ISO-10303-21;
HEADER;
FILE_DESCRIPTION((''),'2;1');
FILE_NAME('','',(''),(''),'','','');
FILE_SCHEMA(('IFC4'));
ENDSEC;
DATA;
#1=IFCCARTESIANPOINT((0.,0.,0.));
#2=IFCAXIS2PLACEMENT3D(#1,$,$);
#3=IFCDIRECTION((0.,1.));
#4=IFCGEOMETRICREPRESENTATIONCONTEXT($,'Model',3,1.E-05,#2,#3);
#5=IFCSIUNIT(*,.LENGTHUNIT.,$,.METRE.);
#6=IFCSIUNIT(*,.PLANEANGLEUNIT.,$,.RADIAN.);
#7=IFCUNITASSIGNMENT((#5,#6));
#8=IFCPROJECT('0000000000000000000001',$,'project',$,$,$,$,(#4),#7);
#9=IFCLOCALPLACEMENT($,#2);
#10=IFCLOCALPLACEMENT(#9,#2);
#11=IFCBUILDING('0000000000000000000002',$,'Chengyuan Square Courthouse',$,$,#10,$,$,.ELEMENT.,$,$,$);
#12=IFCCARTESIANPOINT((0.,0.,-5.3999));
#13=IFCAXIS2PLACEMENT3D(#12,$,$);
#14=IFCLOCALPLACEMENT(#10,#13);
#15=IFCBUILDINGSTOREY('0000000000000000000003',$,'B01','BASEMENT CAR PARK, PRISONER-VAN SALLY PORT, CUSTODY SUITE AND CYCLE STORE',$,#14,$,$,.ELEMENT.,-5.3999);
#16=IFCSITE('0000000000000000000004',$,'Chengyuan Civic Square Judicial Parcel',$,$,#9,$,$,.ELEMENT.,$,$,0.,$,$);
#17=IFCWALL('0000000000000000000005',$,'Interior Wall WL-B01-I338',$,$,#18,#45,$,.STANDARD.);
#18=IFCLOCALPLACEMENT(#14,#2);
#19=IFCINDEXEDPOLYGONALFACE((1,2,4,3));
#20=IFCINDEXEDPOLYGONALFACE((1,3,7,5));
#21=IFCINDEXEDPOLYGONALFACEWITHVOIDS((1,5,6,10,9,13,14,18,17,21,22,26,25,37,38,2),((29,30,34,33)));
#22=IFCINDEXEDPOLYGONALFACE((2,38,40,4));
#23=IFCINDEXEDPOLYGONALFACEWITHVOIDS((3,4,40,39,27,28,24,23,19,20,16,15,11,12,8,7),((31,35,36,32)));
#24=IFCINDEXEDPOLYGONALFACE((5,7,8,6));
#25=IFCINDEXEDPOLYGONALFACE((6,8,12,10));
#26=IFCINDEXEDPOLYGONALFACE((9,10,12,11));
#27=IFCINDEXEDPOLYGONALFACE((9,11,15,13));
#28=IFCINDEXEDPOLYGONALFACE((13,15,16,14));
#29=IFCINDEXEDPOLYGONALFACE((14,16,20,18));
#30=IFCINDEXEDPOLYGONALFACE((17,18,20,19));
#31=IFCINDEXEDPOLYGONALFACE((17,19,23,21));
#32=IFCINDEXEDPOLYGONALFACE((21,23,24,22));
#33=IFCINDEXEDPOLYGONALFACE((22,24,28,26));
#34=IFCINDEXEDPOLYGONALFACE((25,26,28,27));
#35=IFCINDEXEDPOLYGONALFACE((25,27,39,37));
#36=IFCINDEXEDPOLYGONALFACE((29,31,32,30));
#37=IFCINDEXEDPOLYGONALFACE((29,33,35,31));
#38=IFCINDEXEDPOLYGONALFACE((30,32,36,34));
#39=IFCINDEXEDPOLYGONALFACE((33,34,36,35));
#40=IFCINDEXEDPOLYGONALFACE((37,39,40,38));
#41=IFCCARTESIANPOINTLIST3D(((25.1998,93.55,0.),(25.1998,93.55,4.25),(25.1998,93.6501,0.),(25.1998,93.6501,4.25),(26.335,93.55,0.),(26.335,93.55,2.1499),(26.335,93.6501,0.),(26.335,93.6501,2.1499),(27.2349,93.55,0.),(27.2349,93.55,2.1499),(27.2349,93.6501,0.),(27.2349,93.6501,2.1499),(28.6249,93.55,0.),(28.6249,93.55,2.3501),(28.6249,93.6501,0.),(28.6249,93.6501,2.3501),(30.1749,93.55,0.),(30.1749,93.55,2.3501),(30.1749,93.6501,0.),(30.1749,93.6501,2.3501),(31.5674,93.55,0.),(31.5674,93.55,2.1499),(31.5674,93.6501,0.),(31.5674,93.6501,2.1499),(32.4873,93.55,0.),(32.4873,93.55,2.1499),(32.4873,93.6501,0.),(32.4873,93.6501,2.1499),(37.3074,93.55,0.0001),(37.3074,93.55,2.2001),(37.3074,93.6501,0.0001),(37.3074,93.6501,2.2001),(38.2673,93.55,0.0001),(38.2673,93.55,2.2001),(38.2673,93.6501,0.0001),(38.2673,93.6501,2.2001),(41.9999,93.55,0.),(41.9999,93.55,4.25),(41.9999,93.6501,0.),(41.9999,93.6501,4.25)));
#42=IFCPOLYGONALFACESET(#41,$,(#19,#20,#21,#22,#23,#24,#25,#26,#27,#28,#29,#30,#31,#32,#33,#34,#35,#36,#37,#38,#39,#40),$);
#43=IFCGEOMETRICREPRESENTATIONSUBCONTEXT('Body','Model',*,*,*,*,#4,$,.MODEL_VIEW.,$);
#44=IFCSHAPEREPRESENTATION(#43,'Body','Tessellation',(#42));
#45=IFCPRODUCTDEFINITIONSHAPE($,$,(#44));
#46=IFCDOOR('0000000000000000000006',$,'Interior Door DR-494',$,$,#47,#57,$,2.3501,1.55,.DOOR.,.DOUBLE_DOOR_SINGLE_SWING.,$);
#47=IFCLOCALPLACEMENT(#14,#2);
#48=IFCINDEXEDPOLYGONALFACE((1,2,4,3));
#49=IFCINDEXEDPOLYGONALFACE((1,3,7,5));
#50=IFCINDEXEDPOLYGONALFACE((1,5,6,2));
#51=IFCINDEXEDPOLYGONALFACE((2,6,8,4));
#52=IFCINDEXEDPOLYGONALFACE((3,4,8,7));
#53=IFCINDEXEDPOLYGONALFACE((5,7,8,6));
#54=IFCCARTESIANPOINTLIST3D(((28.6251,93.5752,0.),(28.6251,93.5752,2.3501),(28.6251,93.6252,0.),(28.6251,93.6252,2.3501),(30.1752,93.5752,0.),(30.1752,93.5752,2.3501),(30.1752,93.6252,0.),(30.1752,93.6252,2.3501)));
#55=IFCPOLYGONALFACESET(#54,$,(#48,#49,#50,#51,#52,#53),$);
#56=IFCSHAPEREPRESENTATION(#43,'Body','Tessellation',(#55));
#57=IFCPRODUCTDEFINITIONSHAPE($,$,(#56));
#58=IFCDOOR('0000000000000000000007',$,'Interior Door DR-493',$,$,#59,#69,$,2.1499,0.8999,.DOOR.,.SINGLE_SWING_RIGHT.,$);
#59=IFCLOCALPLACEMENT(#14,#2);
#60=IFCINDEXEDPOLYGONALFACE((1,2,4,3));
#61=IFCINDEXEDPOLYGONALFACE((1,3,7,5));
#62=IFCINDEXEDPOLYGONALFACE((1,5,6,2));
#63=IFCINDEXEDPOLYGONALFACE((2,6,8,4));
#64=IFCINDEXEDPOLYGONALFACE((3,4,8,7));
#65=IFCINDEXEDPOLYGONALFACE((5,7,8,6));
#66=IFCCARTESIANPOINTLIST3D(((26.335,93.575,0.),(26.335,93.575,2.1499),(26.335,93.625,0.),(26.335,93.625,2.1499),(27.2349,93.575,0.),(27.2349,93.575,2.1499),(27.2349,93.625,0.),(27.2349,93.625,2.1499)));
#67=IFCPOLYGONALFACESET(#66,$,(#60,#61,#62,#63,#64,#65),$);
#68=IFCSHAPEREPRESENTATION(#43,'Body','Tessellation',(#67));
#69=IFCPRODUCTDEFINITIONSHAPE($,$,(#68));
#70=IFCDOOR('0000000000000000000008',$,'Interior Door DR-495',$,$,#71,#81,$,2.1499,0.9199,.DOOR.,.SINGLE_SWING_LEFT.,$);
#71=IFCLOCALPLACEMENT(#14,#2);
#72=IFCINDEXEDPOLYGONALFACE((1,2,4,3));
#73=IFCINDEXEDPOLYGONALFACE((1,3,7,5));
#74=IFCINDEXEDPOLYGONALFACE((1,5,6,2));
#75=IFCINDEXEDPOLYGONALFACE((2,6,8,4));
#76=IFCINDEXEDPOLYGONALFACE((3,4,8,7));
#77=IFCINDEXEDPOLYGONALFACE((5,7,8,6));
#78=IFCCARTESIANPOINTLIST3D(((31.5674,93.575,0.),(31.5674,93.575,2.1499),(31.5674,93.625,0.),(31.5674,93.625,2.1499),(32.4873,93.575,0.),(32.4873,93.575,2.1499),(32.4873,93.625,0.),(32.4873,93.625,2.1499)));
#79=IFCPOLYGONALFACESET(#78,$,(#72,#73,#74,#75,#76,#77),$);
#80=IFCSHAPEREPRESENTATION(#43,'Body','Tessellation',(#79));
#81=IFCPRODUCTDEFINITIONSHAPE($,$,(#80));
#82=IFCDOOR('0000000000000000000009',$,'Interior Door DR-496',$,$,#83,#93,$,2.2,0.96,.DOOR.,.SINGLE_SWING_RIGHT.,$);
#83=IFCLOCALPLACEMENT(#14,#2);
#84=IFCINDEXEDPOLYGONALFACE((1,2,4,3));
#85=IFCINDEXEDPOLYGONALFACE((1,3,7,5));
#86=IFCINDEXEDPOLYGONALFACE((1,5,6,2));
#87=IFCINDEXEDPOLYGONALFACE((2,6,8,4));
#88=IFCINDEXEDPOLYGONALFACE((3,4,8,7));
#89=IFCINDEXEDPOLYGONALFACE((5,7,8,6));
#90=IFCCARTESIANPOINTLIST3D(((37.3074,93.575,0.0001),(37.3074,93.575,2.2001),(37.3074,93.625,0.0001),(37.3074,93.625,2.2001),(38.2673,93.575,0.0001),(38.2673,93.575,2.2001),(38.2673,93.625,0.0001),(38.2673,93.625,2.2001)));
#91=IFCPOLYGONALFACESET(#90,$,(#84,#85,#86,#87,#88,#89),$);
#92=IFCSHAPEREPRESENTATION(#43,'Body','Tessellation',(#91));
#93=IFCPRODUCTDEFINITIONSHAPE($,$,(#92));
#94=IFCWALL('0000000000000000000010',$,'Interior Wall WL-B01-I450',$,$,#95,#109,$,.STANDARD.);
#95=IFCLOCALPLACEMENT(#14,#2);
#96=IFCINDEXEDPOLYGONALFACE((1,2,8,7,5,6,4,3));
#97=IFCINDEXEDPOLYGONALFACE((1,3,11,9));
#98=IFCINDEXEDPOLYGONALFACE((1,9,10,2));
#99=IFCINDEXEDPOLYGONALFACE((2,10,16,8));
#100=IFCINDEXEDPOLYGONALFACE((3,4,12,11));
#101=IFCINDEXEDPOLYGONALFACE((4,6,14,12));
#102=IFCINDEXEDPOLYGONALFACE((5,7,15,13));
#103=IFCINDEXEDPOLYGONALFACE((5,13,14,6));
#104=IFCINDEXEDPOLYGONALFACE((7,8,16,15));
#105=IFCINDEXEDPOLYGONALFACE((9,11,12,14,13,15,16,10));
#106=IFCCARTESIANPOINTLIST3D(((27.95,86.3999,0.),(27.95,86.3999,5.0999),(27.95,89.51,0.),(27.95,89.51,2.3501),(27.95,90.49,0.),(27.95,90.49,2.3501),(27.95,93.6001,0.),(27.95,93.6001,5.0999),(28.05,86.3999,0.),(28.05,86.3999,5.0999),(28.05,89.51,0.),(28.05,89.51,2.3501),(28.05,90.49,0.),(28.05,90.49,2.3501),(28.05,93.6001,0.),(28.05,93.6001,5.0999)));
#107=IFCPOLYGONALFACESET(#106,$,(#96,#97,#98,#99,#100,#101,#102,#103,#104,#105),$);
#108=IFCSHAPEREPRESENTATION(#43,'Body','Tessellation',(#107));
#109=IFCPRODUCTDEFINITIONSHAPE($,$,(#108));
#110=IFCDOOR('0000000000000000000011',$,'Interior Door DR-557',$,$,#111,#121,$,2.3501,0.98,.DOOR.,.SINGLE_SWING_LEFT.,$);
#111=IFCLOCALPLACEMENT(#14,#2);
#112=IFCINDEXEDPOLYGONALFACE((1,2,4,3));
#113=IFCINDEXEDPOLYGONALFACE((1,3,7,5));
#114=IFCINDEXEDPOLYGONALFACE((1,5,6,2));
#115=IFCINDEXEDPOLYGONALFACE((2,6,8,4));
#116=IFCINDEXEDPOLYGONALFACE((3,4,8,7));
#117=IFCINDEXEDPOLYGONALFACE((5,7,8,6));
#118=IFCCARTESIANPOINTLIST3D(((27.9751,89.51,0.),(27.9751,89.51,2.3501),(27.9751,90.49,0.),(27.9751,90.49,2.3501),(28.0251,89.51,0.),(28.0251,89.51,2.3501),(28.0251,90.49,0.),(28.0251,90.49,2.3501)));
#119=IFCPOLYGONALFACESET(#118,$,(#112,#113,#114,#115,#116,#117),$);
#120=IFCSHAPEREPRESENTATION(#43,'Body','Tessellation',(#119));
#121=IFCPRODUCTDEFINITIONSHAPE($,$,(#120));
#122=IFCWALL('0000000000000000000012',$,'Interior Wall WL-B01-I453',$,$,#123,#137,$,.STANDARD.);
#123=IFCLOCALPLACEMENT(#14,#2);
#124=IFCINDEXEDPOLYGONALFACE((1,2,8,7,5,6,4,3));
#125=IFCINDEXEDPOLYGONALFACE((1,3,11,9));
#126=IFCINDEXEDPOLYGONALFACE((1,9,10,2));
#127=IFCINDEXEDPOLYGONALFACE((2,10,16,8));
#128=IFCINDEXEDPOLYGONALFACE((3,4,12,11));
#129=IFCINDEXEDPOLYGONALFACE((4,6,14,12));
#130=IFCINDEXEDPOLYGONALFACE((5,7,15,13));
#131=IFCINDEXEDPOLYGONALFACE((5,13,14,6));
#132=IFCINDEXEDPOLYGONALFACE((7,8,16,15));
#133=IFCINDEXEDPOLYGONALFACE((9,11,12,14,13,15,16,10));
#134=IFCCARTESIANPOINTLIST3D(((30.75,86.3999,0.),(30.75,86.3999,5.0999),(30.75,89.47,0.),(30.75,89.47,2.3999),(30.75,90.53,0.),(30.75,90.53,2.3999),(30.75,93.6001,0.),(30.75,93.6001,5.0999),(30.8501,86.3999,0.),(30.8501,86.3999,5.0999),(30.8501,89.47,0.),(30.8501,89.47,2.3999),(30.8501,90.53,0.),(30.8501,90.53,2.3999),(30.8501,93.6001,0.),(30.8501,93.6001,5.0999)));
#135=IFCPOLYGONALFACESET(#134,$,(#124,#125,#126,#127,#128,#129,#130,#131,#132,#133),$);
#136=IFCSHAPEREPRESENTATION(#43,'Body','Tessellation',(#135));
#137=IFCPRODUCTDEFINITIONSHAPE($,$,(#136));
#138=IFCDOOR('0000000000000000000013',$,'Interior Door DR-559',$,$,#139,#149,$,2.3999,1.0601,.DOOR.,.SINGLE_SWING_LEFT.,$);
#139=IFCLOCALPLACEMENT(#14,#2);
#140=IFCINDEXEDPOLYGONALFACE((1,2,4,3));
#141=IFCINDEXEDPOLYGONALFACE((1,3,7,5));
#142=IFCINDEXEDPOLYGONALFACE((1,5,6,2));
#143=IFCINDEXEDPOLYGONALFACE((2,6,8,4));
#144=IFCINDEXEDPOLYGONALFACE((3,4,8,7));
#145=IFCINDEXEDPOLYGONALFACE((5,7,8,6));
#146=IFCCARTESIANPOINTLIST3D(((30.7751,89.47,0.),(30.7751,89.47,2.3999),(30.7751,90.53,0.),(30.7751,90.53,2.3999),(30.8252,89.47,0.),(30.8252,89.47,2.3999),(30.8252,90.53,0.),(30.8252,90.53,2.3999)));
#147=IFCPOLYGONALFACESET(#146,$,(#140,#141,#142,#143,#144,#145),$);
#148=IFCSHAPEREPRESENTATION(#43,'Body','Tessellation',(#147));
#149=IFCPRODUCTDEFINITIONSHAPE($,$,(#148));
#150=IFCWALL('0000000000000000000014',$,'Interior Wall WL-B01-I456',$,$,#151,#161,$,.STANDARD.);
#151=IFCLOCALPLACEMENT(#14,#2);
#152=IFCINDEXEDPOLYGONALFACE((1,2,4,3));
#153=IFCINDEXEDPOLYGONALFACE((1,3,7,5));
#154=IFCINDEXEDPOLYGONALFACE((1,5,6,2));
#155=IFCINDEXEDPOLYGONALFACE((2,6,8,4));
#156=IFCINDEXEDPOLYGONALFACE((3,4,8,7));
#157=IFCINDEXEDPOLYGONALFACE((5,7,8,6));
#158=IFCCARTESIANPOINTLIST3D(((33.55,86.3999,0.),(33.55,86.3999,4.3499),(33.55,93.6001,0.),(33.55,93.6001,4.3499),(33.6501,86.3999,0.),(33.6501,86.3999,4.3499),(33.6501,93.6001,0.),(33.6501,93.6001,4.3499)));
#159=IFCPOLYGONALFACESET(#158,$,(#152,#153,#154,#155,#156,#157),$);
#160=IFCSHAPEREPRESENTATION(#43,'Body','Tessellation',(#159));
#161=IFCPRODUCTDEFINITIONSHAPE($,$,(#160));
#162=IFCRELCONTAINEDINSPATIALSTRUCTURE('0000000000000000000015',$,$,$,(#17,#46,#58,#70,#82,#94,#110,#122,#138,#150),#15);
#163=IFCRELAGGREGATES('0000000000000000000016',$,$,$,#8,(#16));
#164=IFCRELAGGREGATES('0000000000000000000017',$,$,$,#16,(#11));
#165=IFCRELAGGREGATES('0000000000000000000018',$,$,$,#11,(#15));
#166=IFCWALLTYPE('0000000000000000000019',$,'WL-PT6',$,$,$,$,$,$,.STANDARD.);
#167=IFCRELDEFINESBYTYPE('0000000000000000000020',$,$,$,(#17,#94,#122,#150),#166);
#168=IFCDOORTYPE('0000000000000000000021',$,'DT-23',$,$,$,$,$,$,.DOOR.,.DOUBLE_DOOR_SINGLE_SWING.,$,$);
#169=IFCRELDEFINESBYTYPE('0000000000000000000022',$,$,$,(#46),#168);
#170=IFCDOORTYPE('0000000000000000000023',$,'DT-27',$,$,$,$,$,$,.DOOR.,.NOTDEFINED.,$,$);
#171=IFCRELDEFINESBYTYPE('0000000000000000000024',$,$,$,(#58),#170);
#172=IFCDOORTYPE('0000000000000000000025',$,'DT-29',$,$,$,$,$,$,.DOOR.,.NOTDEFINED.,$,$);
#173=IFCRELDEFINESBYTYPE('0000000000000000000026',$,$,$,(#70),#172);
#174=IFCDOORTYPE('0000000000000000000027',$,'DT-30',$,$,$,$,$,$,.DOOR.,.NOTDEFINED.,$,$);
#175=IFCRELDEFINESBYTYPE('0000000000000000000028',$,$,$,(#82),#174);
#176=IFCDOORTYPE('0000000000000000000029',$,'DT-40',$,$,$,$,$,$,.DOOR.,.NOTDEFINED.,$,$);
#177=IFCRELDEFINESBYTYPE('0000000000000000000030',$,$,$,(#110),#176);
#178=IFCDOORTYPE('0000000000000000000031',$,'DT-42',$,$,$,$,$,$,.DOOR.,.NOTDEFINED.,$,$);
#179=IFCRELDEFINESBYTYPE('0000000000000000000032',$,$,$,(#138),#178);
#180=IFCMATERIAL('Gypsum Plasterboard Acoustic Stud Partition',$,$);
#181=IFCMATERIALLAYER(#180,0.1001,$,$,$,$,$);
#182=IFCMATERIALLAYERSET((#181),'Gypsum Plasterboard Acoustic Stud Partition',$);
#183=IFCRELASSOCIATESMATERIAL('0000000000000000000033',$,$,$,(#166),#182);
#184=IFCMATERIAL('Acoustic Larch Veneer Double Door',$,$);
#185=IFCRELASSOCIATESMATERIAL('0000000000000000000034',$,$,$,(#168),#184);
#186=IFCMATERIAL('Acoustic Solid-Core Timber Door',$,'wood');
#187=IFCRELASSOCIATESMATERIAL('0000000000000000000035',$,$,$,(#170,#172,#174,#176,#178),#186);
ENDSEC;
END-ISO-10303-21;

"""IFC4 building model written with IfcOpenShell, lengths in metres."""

from ifc_helpers import new_model, si_unit, direction, frame, frame_2d, origin, place, context, subcontext, project, spatial, rectangle, extrude, material, layer, layer_set, type_object, element, fill, save


model = new_model("IFC4")

# Units and contexts
model_context = context("Model", 3, precision=1e-05, world=origin(), true_north=direction((0.0, 1.0)))
body_context = subcontext(model_context, "Body", "Model", "MODEL_VIEW")
ifc_project = project(units=[si_unit("LENGTHUNIT", "METRE"), si_unit("PLANEANGLEUNIT", "RADIAN")], contexts=[model_context])

# Site, building, storey
site_placement = place(None, origin())
site = spatial("IfcSite", under=ifc_project, at=site_placement, Name="Chengyuan Civic Square Judicial Parcel", CompositionType="ELEMENT", RefElevation=0.0)
building_placement = place(site_placement, origin())
building = spatial("IfcBuilding", under=site, at=building_placement, Name="Chengyuan Square Courthouse", CompositionType="ELEMENT")
storey_placement = place(building_placement, frame((0.0, 0.0, -5.3999)))
storey = spatial("IfcBuildingStorey", under=building, at=storey_placement, Name="B01", Description="BASEMENT CAR PARK, PRISONER-VAN SALLY PORT, CUSTODY SUITE AND CYCLE STORE", CompositionType="ELEMENT", Elevation=-5.3999)

# Wall, openings, doors
ifc_material_1 = material(Name="Gypsum Plasterboard Acoustic Stud Partition")
ifc_layer = layer(ifc_material_1, 0.1001)
ifc_layer_set = layer_set([ifc_layer], Name="Gypsum Plasterboard Acoustic Stud Partition")
wall_type = type_object("IfcWallType", Name="WL-PT6", PredefinedType="STANDARD", material=ifc_layer_set)
wall_1_placement = place(storey_placement, frame((25.2, 93.6001, 0.0), z_axis=(0.0, 0.0, 1.0), x_axis=(1.0, 0.0, 0.0)))
wall_1 = element("IfcWall", 1, at=wall_1_placement, inside=storey, type_object=wall_type, Name="Interior Wall WL-B01-I338", PredefinedType="STANDARD", context=body_context, shape_type="SweptSolid", body=[
    extrude(rectangle(XDim=16.8, YDim=0.1001, at=frame_2d((8.3999, 0.0))), origin(), (0.0, 0.0, 1.0), 4.25),
])
opening_1_placement = place(wall_1_placement, frame((1.135, 0.0, 0.0)))
opening_1 = element("IfcOpeningElement", 2, at=opening_1_placement, cuts=wall_1, PredefinedType="OPENING", context=body_context, shape_type="SweptSolid", body=[
    extrude(rectangle(XDim=0.8999, YDim=2.1499, at=frame_2d((0.45, 1.075))), frame((0.0, 0.062, 0.0), z_axis=(0.0, -1.0, 0.0), x_axis=(1.0, 0.0, 0.0)), (0.0, 0.0, 1.0), 0.124),
])
opening_2_placement = place(wall_1_placement, frame((3.425, 0.0, 0.0)))
opening_2 = element("IfcOpeningElement", 3, at=opening_2_placement, cuts=wall_1, PredefinedType="OPENING", context=body_context, shape_type="SweptSolid", body=[
    extrude(rectangle(XDim=1.55, YDim=2.3501, at=frame_2d((0.7749, 1.175))), frame((0.0, 0.062, 0.0), z_axis=(0.0, -1.0, 0.0), x_axis=(1.0, 0.0, 0.0)), (0.0, 0.0, 1.0), 0.124),
])
opening_3_placement = place(wall_1_placement, frame((6.3674, 0.0, 0.0)))
opening_3 = element("IfcOpeningElement", 4, at=opening_3_placement, cuts=wall_1, PredefinedType="OPENING", context=body_context, shape_type="SweptSolid", body=[
    extrude(rectangle(XDim=0.9199, YDim=2.1499, at=frame_2d((0.46, 1.075))), frame((0.0, 0.062, 0.0), z_axis=(0.0, -1.0, 0.0), x_axis=(1.0, 0.0, 0.0)), (0.0, 0.0, 1.0), 0.124),
])
opening_4_placement = place(wall_1_placement, frame((12.1074, 0.0, 0.0)))
opening_4 = element("IfcOpeningElement", 5, at=opening_4_placement, cuts=wall_1, PredefinedType="OPENING", context=body_context, shape_type="SweptSolid", body=[
    extrude(rectangle(XDim=0.96, YDim=2.2, at=frame_2d((0.48, 1.1001))), frame((0.0, 0.062, 0.0), z_axis=(0.0, -1.0, 0.0), x_axis=(1.0, 0.0, 0.0)), (0.0, 0.0, 1.0), 0.124),
])
ifc_material_2 = material(Name="Acoustic Larch Veneer Double Door")
door_type_1 = type_object("IfcDoorType", Name="DT-23", OperationType="DOUBLE_DOOR_SINGLE_SWING", PredefinedType="DOOR", material=ifc_material_2)
door_1_placement = place(opening_2_placement, frame((1.55, 0.0, 0.0), z_axis=(0.0, 0.0, 1.0), x_axis=(-1.0, 0.0, 0.0)))
door_1 = element("IfcDoor", 6, at=door_1_placement, inside=storey, type_object=door_type_1, Name="Interior Door DR-494", OperationType="DOUBLE_DOOR_SINGLE_SWING", OverallHeight=2.3501, OverallWidth=1.55, PredefinedType="DOOR", context=body_context, shape_type="SweptSolid", body=[
    extrude(rectangle(XDim=1.55, YDim=2.3501, at=frame_2d((0.7749, 1.175))), frame((0.0, 0.0249, 0.0), z_axis=(0.0, -1.0, 0.0), x_axis=(1.0, 0.0, 0.0)), (0.0, 0.0, 1.0), 0.05),
])
fill(opening_2, door_1)
ifc_material_3 = material(Name="Acoustic Solid-Core Timber Door", Category="wood")
door_type_2 = type_object("IfcDoorType", Name="DT-27", OperationType="NOTDEFINED", PredefinedType="DOOR", material=ifc_material_3)
door_2_placement = place(opening_1_placement, origin())
door_2 = element("IfcDoor", 7, at=door_2_placement, inside=storey, type_object=door_type_2, Name="Interior Door DR-493", OperationType="SINGLE_SWING_RIGHT", OverallHeight=2.1499, OverallWidth=0.8999, PredefinedType="DOOR", context=body_context, shape_type="SweptSolid", body=[
    extrude(rectangle(XDim=0.8999, YDim=2.1499, at=frame_2d((0.45, 1.075))), frame((0.0, 0.0249, 0.0), z_axis=(0.0, -1.0, 0.0), x_axis=(1.0, 0.0, 0.0)), (0.0, 0.0, 1.0), 0.05),
])
fill(opening_1, door_2)
door_type_3 = type_object("IfcDoorType", Name="DT-29", OperationType="NOTDEFINED", PredefinedType="DOOR", material=ifc_material_3)
door_3_placement = place(opening_3_placement, origin())
door_3 = element("IfcDoor", 8, at=door_3_placement, inside=storey, type_object=door_type_3, Name="Interior Door DR-495", OperationType="SINGLE_SWING_LEFT", OverallHeight=2.1499, OverallWidth=0.9199, PredefinedType="DOOR", context=body_context, shape_type="SweptSolid", body=[
    extrude(rectangle(XDim=0.9199, YDim=2.1499, at=frame_2d((0.46, 1.075))), frame((0.0, 0.0249, 0.0), z_axis=(0.0, -1.0, 0.0), x_axis=(1.0, 0.0, 0.0)), (0.0, 0.0, 1.0), 0.05),
])
fill(opening_3, door_3)
door_type_4 = type_object("IfcDoorType", Name="DT-30", OperationType="NOTDEFINED", PredefinedType="DOOR", material=ifc_material_3)
door_4_placement = place(opening_4_placement, origin())
door_4 = element("IfcDoor", 9, at=door_4_placement, inside=storey, type_object=door_type_4, Name="Interior Door DR-496", OperationType="SINGLE_SWING_RIGHT", OverallHeight=2.2, OverallWidth=0.96, PredefinedType="DOOR", context=body_context, shape_type="SweptSolid", body=[
    extrude(rectangle(XDim=0.96, YDim=2.2, at=frame_2d((0.48, 1.1001))), frame((0.0, 0.0249, 0.0), z_axis=(0.0, -1.0, 0.0), x_axis=(1.0, 0.0, 0.0)), (0.0, 0.0, 1.0), 0.05),
])
fill(opening_4, door_4)

# Walls, openings, doors
wall_2_placement = place(storey_placement, frame((28.0, 86.3999, 0.0), z_axis=(0.0, 0.0, 1.0), x_axis=(0.0, 1.0, 0.0)))
wall_2 = element("IfcWall", 10, at=wall_2_placement, inside=storey, type_object=wall_type, Name="Interior Wall WL-B01-I450", PredefinedType="STANDARD", context=body_context, shape_type="SweptSolid", body=[
    extrude(rectangle(XDim=7.2002, YDim=0.1001, at=frame_2d((3.6001, 0.0))), origin(), (0.0, 0.0, 1.0), 5.0999),
])
opening_5_placement = place(wall_2_placement, frame((3.1101, 0.0, 0.0)))
opening_5 = element("IfcOpeningElement", 11, at=opening_5_placement, cuts=wall_2, PredefinedType="OPENING", context=body_context, shape_type="SweptSolid", body=[
    extrude(rectangle(XDim=0.98, YDim=2.3501, at=frame_2d((0.49, 1.175))), frame((0.0, 0.062, 0.0), z_axis=(0.0, -1.0, 0.0), x_axis=(1.0, 0.0, 0.0)), (0.0, 0.0, 1.0), 0.124),
])
door_type_5 = type_object("IfcDoorType", Name="DT-40", OperationType="NOTDEFINED", PredefinedType="DOOR", material=ifc_material_3)
door_5_placement = place(opening_5_placement, origin())
door_5 = element("IfcDoor", 12, at=door_5_placement, inside=storey, type_object=door_type_5, Name="Interior Door DR-557", OperationType="SINGLE_SWING_LEFT", OverallHeight=2.3501, OverallWidth=0.98, PredefinedType="DOOR", context=body_context, shape_type="SweptSolid", body=[
    extrude(rectangle(XDim=0.98, YDim=2.3501, at=frame_2d((0.49, 1.175))), frame((0.0, 0.0249, 0.0), z_axis=(0.0, -1.0, 0.0), x_axis=(1.0, 0.0, 0.0)), (0.0, 0.0, 1.0), 0.05),
])
fill(opening_5, door_5)
wall_3_placement = place(storey_placement, frame((30.8, 86.3999, 0.0), z_axis=(0.0, 0.0, 1.0), x_axis=(0.0, 1.0, 0.0)))
wall_3 = element("IfcWall", 13, at=wall_3_placement, inside=storey, type_object=wall_type, Name="Interior Wall WL-B01-I453", PredefinedType="STANDARD", context=body_context, shape_type="SweptSolid", body=[
    extrude(rectangle(XDim=7.2002, YDim=0.1001, at=frame_2d((3.6001, 0.0))), origin(), (0.0, 0.0, 1.0), 5.0999),
])
opening_6_placement = place(wall_3_placement, frame((3.0701, 0.0, 0.0)))
opening_6 = element("IfcOpeningElement", 14, at=opening_6_placement, cuts=wall_3, PredefinedType="OPENING", context=body_context, shape_type="SweptSolid", body=[
    extrude(rectangle(XDim=1.0601, YDim=2.3999, at=frame_2d((0.53, 1.2))), frame((0.0, 0.062, 0.0), z_axis=(0.0, -1.0, 0.0), x_axis=(1.0, 0.0, 0.0)), (0.0, 0.0, 1.0), 0.124),
])
door_type_6 = type_object("IfcDoorType", Name="DT-42", OperationType="NOTDEFINED", PredefinedType="DOOR", material=ifc_material_3)
door_6_placement = place(opening_6_placement, origin())
door_6 = element("IfcDoor", 15, at=door_6_placement, inside=storey, type_object=door_type_6, Name="Interior Door DR-559", OperationType="SINGLE_SWING_LEFT", OverallHeight=2.3999, OverallWidth=1.0601, PredefinedType="DOOR", context=body_context, shape_type="SweptSolid", body=[
    extrude(rectangle(XDim=1.0601, YDim=2.3999, at=frame_2d((0.53, 1.2))), frame((0.0, 0.0249, 0.0), z_axis=(0.0, -1.0, 0.0), x_axis=(1.0, 0.0, 0.0)), (0.0, 0.0, 1.0), 0.05),
])
fill(opening_6, door_6)

# Wall
wall_4_placement = place(storey_placement, frame((33.6001, 86.3999, 0.0), z_axis=(0.0, 0.0, 1.0), x_axis=(0.0, 1.0, 0.0)))
element("IfcWall", 16, at=wall_4_placement, inside=storey, type_object=wall_type, Name="Interior Wall WL-B01-I456", PredefinedType="STANDARD", context=body_context, shape_type="SweptSolid", body=[
    extrude(rectangle(XDim=7.2002, YDim=0.1001, at=frame_2d((3.6001, 0.0))), origin(), (0.0, 0.0, 1.0), 4.3499),
])

save(model, "model.ifc")
